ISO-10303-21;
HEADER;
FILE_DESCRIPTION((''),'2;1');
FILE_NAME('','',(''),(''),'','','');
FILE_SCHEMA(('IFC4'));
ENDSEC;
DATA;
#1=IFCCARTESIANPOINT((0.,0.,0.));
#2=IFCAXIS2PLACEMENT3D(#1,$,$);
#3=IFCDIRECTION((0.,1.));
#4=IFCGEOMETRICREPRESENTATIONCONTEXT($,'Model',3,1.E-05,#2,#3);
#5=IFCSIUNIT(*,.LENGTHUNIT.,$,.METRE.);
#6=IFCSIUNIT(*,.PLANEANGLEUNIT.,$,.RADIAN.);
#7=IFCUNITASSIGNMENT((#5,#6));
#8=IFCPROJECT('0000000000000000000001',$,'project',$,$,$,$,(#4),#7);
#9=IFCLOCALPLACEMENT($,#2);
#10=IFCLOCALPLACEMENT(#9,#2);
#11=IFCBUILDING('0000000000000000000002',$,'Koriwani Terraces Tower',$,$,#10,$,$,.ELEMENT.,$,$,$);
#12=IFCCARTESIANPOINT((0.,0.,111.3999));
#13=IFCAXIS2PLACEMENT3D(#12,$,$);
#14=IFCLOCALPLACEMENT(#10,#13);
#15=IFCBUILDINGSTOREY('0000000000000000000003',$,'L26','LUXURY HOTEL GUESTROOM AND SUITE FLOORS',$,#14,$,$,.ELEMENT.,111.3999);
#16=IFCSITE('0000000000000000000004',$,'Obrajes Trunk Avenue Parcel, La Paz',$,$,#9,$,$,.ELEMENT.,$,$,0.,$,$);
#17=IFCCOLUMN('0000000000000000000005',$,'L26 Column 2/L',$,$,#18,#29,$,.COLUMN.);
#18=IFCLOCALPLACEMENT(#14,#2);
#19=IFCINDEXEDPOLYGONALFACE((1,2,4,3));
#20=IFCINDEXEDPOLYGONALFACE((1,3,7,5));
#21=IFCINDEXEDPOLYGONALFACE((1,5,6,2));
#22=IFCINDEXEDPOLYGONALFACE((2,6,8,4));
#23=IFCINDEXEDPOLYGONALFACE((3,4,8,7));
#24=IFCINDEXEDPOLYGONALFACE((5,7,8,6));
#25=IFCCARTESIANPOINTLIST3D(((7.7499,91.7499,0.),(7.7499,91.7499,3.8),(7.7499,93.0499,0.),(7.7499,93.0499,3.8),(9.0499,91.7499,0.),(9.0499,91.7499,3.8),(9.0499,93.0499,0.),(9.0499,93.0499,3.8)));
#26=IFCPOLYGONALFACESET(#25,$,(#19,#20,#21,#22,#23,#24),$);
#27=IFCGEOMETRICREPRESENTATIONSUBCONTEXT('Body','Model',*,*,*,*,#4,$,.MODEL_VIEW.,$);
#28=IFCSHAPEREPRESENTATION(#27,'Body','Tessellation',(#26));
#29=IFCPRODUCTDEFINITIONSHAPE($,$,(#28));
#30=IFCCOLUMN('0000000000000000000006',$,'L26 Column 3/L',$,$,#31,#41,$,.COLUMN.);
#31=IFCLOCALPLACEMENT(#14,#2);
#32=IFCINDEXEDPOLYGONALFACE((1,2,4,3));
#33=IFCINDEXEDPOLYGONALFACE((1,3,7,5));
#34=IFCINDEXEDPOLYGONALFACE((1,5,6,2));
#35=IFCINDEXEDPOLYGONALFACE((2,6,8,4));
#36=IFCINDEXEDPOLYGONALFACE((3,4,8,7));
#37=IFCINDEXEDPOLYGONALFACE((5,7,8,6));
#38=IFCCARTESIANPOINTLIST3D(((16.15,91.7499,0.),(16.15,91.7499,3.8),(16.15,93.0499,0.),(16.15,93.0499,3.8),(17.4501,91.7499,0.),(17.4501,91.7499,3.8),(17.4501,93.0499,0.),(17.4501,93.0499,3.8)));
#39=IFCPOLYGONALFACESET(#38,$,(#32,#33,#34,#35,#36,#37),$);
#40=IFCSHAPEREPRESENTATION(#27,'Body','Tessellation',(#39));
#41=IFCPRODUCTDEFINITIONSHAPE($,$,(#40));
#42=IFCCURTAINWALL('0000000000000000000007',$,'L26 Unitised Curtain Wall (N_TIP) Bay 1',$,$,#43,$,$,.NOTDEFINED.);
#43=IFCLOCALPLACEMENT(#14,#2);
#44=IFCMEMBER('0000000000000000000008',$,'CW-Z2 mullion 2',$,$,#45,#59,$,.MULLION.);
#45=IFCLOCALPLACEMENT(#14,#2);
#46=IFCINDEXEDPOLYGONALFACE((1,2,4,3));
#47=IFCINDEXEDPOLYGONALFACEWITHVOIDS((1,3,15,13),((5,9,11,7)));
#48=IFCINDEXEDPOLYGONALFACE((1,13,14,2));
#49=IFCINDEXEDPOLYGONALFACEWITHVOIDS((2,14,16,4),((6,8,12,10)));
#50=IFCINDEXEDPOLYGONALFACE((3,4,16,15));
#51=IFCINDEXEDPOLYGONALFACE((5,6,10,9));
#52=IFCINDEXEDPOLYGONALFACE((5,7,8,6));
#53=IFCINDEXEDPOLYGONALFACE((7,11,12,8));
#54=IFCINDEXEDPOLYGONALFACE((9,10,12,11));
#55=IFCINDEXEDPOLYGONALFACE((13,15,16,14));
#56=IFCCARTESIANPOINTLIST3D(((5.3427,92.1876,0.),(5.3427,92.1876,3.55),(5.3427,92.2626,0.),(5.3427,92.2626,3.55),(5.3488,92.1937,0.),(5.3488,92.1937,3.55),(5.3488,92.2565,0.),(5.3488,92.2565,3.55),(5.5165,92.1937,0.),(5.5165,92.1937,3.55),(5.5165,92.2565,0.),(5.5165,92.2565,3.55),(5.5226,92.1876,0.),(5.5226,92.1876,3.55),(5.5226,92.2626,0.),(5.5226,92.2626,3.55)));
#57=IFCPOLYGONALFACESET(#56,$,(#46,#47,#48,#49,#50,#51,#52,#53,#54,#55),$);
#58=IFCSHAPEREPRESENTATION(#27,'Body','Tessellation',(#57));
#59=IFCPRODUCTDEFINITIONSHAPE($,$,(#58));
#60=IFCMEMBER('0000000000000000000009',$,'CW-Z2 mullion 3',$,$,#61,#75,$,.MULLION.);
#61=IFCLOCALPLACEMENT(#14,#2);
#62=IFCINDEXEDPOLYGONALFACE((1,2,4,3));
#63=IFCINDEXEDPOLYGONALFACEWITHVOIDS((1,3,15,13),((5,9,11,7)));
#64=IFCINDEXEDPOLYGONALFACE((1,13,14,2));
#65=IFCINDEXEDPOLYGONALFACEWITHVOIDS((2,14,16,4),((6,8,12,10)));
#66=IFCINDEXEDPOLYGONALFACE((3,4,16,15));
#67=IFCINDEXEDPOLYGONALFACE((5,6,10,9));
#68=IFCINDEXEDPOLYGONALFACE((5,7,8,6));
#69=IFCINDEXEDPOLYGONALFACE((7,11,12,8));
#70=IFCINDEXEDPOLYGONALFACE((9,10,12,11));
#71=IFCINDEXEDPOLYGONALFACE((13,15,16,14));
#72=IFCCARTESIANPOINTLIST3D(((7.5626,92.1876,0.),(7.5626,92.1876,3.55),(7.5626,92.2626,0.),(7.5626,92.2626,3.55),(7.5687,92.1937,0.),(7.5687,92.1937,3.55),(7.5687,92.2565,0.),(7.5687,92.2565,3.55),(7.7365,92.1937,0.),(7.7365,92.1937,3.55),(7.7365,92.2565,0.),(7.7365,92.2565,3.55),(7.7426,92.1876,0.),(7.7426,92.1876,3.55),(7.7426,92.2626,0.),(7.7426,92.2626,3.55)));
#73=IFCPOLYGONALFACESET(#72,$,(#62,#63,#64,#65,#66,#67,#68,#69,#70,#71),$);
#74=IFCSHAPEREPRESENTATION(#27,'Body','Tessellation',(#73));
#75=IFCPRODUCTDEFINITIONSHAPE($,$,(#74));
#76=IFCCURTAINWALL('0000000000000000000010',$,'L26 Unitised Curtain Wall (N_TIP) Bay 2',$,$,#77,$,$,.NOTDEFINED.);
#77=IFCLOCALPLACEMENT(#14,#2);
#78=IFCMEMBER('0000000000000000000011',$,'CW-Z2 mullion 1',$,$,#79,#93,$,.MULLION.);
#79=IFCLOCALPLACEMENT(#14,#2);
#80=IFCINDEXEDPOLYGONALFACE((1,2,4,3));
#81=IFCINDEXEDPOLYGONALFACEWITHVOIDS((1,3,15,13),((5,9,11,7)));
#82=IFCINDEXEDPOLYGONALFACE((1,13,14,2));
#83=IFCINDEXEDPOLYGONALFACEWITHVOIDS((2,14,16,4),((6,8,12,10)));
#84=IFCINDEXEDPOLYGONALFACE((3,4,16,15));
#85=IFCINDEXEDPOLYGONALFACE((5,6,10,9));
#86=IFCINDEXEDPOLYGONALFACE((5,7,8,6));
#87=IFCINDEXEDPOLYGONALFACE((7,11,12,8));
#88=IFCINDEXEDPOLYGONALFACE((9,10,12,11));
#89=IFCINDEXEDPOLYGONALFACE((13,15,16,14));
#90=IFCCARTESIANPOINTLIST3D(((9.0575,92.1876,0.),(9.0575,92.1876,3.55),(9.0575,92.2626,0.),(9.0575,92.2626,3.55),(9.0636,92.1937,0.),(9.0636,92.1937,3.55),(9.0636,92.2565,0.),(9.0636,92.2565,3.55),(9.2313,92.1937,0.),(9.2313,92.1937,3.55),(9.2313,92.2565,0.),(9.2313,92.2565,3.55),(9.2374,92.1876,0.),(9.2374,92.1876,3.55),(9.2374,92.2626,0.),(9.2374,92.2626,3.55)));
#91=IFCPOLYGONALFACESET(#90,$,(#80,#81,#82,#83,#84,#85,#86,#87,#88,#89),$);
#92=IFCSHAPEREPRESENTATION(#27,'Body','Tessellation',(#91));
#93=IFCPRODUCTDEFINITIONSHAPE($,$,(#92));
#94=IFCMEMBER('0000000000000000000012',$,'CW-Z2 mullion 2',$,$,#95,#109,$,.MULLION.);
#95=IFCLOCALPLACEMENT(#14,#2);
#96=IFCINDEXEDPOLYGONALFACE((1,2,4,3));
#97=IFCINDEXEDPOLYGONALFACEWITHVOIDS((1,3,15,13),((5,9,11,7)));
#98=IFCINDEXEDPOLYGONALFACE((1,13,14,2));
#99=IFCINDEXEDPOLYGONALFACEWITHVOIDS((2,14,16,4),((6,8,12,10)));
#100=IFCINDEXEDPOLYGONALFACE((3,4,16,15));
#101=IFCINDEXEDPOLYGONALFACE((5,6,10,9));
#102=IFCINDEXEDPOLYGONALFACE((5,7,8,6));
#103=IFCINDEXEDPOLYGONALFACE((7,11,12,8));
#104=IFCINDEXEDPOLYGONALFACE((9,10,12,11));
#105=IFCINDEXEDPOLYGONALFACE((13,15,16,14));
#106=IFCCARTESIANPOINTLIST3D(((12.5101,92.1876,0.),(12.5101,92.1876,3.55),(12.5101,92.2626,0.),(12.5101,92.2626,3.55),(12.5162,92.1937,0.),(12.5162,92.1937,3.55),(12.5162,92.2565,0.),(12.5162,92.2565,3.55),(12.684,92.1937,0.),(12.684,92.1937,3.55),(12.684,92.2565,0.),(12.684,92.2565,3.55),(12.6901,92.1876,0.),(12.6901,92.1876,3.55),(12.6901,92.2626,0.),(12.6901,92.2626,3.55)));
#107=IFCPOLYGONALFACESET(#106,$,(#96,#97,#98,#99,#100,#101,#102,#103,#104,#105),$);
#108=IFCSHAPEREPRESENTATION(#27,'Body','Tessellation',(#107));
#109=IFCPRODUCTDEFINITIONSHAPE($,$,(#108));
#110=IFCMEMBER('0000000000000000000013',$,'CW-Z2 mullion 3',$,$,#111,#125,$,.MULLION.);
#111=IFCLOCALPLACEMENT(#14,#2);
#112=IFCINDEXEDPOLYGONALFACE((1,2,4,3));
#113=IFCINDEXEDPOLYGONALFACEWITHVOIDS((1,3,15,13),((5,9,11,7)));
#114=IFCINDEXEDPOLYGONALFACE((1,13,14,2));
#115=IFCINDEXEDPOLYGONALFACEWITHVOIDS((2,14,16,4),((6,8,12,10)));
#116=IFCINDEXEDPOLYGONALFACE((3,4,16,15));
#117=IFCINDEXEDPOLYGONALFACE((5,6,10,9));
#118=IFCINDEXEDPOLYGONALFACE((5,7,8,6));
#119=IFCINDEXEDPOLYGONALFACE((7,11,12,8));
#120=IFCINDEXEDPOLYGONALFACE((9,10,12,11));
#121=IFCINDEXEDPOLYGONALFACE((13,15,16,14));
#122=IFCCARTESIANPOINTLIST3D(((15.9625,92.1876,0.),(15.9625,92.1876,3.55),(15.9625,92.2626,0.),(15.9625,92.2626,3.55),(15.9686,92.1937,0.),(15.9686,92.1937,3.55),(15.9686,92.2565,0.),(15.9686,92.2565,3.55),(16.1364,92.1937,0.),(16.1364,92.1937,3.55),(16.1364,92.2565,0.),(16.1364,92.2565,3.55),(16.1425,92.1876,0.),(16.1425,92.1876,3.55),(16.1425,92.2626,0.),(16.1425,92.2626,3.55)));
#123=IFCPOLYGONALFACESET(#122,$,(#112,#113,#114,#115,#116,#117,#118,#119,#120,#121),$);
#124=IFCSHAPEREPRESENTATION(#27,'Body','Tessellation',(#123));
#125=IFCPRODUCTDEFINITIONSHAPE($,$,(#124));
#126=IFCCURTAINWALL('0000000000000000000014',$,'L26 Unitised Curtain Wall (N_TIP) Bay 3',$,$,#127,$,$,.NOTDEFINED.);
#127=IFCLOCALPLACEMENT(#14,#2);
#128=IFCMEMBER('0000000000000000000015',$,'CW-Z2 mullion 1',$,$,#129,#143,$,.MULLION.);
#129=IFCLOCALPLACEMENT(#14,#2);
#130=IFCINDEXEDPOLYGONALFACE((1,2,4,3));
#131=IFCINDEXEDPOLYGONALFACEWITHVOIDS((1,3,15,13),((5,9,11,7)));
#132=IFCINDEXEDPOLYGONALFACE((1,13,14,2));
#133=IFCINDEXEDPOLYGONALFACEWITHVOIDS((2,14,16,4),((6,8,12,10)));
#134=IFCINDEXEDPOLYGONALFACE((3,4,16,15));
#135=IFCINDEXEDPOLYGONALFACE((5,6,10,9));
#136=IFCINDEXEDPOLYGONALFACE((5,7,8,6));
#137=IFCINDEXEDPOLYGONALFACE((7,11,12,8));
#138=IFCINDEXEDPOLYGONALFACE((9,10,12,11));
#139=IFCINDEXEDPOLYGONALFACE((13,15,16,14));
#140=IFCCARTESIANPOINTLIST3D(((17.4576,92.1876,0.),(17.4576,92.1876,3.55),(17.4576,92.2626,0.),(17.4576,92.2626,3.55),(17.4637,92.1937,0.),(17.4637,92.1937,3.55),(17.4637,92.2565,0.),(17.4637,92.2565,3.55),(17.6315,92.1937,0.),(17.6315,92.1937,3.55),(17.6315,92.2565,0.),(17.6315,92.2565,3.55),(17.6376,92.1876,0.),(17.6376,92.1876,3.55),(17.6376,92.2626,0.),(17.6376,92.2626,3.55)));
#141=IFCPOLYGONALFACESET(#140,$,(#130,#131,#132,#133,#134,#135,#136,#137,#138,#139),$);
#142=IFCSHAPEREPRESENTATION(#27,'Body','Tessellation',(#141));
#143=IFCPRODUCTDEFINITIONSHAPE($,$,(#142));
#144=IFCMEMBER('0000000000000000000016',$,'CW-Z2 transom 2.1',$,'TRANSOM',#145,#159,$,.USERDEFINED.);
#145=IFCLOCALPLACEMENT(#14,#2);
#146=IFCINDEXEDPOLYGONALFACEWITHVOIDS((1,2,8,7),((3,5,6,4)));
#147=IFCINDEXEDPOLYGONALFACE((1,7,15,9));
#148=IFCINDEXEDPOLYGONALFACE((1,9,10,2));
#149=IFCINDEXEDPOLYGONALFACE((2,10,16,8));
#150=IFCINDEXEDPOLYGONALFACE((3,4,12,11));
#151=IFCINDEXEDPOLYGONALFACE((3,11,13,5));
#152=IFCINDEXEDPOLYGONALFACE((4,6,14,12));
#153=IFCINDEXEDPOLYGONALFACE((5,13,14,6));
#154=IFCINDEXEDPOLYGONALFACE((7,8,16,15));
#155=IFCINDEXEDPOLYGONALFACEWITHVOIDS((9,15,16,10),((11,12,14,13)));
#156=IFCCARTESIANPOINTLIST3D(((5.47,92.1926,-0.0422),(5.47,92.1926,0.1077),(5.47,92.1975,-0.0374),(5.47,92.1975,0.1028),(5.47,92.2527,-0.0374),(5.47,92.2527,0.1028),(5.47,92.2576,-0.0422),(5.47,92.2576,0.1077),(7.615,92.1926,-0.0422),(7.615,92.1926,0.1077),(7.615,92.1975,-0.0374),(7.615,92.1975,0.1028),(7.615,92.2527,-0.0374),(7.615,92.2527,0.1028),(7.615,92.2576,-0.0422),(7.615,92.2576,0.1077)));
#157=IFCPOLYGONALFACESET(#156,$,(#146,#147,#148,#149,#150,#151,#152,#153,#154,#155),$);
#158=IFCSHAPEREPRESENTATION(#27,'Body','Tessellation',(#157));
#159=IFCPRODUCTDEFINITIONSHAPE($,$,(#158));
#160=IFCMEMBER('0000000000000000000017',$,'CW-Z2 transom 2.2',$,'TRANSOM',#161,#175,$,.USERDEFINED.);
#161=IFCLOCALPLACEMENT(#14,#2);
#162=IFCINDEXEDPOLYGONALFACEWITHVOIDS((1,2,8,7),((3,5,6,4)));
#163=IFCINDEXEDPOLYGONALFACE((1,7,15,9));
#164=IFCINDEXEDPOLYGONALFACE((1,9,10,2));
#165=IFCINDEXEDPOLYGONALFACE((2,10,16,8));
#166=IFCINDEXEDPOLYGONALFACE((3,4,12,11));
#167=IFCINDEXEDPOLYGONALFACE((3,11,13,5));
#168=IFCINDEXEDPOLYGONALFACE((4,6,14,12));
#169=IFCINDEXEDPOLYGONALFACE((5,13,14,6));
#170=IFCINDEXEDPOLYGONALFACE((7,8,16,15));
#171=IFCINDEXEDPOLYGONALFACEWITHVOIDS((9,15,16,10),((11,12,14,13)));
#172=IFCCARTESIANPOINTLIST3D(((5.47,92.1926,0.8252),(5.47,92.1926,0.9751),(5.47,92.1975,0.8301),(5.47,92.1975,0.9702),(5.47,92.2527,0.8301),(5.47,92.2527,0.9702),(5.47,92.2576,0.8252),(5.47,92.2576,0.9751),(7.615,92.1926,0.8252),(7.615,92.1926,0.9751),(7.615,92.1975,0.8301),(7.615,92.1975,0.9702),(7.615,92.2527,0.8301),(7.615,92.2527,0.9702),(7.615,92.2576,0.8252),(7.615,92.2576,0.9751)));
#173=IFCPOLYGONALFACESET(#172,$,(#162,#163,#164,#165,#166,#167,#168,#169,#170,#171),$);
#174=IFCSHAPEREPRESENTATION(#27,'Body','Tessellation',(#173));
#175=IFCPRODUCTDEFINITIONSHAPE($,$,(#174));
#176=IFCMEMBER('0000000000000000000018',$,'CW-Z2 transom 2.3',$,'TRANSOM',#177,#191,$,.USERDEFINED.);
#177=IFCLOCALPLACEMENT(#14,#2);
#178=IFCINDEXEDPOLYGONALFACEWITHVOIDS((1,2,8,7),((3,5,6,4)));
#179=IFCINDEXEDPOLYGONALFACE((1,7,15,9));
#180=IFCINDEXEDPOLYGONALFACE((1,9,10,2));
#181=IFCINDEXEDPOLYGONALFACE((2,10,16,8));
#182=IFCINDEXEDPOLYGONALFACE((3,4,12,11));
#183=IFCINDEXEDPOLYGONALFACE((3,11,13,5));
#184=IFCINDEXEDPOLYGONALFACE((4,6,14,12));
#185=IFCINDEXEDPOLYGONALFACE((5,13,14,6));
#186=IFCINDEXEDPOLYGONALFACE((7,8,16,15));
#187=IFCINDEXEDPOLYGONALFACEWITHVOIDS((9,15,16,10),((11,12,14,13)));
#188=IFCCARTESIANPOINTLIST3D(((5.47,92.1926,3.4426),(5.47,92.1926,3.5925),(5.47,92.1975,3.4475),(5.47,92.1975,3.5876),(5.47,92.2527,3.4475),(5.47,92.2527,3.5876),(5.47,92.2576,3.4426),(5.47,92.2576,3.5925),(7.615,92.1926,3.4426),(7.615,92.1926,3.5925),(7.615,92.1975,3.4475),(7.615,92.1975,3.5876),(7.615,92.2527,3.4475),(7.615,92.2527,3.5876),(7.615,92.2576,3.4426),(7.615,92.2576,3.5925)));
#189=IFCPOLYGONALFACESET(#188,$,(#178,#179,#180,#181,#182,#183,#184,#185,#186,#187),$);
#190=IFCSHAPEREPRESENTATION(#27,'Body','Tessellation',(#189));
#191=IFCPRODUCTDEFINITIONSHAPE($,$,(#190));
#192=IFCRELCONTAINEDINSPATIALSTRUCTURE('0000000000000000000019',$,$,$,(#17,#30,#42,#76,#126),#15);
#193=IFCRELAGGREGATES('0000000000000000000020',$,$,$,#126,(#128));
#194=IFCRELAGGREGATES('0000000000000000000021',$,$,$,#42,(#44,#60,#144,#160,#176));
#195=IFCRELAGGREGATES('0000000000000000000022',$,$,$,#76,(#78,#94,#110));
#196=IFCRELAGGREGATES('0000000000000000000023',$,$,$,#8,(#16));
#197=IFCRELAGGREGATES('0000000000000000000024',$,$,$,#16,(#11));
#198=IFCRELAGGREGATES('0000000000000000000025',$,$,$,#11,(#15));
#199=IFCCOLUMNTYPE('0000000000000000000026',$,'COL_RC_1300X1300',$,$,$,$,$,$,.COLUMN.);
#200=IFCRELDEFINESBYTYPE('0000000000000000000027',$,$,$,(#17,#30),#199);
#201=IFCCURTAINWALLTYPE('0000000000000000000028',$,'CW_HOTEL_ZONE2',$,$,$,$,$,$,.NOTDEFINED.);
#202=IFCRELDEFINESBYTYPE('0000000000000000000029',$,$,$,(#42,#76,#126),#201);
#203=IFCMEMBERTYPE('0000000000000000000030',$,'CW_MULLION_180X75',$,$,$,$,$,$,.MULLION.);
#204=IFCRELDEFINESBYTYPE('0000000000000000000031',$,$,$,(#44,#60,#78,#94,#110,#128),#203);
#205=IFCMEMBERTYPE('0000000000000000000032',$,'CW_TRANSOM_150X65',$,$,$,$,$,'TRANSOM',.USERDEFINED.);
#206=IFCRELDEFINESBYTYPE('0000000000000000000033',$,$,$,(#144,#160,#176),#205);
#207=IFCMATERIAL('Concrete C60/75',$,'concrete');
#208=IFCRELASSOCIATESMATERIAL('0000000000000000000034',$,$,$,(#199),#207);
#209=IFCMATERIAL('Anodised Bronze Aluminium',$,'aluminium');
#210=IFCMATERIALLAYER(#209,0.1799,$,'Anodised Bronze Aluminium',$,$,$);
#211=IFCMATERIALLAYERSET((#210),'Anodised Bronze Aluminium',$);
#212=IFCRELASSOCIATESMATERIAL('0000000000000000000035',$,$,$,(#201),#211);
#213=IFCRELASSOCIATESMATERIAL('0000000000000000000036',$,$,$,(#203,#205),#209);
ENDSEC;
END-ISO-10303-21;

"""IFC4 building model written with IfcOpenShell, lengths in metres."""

from ifc_helpers import new_model, si_unit, direction, frame, origin, origin_2d, place, context, subcontext, project, spatial, rectangle, hollow_rectangle, extrude, material, layer, layer_set, material_profile, profile_set, type_object, element, aggregate, save


model = new_model("IFC4")

# Units and contexts
model_context = context("Model", 3, precision=1e-05, world=origin(), true_north=direction((0.0, 1.0)))
body_context = subcontext(model_context, "Body", "Model", "MODEL_VIEW")
ifc_project = project(units=[si_unit("LENGTHUNIT", "METRE"), si_unit("PLANEANGLEUNIT", "RADIAN")], contexts=[model_context])

# Site, building, storey
site_placement = place(None, origin())
site = spatial("IfcSite", under=ifc_project, at=site_placement, Name="Obrajes Trunk Avenue Parcel, La Paz", CompositionType="ELEMENT", RefElevation=0.0)
building_placement = place(site_placement, origin())
building = spatial("IfcBuilding", under=site, at=building_placement, Name="Koriwani Terraces Tower", CompositionType="ELEMENT")
storey_placement = place(building_placement, frame((0.0, 0.0, 111.3999)))
storey = spatial("IfcBuildingStorey", under=building, at=storey_placement, Name="L26", Description="LUXURY HOTEL GUESTROOM AND SUITE FLOORS", CompositionType="ELEMENT", Elevation=111.3999)

# Columns
ifc_material_1 = material(Name="Concrete C60/75", Category="concrete")
ifc_material_profile_1 = material_profile(ifc_material_1, rectangle(XDim=1.3, YDim=1.3, at=origin_2d()), Name="Concrete C60/75", Category="LoadBearing")
ifc_profile_set_1 = profile_set([ifc_material_profile_1], Name="Concrete C60/75")
column_type = type_object("IfcColumnType", Name="COL_RC_1300X1300", PredefinedType="COLUMN", material=ifc_profile_set_1)
for number, where, z_axis, x_axis, name in (
    (1, (8.3999, 92.3999, 0.0), (0.0, 0.0, 1.0), (1.0, 0.0, 0.0), "L26 Column 2/L"),
    (2, (16.8, 92.3999, 0.0), (0.0, 0.0, 1.0), (1.0, 0.0, 0.0), "L26 Column 3/L"),
):
    element("IfcColumn", number, at=place(storey_placement, frame(where, z_axis=z_axis, x_axis=x_axis)), inside=storey, type_object=column_type, Name=name, PredefinedType="COLUMN", context=body_context, shape_type="SweptSolid", body=[
        extrude(rectangle(XDim=1.3, YDim=1.3, at=origin_2d()), origin(), (0.0, 0.0, 1.0), 3.8),
    ])

# Curtain walls, members
ifc_material_2 = material(Name="Anodised Bronze Aluminium", Category="aluminium")
ifc_layer_1 = layer(ifc_material_2, 0.1799, Name="Anodised Bronze Aluminium")
ifc_layer_set_1 = layer_set([ifc_layer_1], Name="Anodised Bronze Aluminium")
curtain_wall_type = type_object("IfcCurtainWallType", Name="CW_HOTEL_ZONE2", PredefinedType="NOTDEFINED", material=ifc_layer_set_1)
curtain_wall_1_placement = place(storey_placement, origin())
curtain_wall_1 = element("IfcCurtainWall", 3, at=curtain_wall_1_placement, inside=storey, type_object=curtain_wall_type, Name="L26 Unitised Curtain Wall (N_TIP) Bay 1", PredefinedType="NOTDEFINED")
ifc_material_profile_2 = material_profile(ifc_material_2, hollow_rectangle(XDim=0.075, YDim=0.1799, WallThickness=0.0061, at=origin_2d()), Name="Anodised Bronze Aluminium", Category="LoadBearing")
ifc_profile_set_2 = profile_set([ifc_material_profile_2], Name="Anodised Bronze Aluminium")
member_type_1 = type_object("IfcMemberType", Name="CW_MULLION_180X75", PredefinedType="MULLION", material=ifc_profile_set_2)
member_1_placement = place(storey_placement, frame((5.4326, 92.2251, 0.0), z_axis=(0.0, 0.0, 1.0), x_axis=(0.0, 1.0, 0.0)))
member_1 = element("IfcMember", 4, at=member_1_placement, type_object=member_type_1, Name="CW-Z2 mullion 2", PredefinedType="MULLION", context=body_context, shape_type="SweptSolid", body=[
    extrude(hollow_rectangle(XDim=0.075, YDim=0.1799, WallThickness=0.0061, at=origin_2d()), origin(), (0.0, 0.0, 1.0), 3.55),
])
member_2_placement = place(storey_placement, frame((7.6526, 92.2251, 0.0), z_axis=(0.0, 0.0, 1.0), x_axis=(0.0, 1.0, 0.0)))
member_2 = element("IfcMember", 5, at=member_2_placement, type_object=member_type_1, Name="CW-Z2 mullion 3", PredefinedType="MULLION", context=body_context, shape_type="SweptSolid", body=[
    extrude(hollow_rectangle(XDim=0.075, YDim=0.1799, WallThickness=0.0061, at=origin_2d()), origin(), (0.0, 0.0, 1.0), 3.55),
])
curtain_wall_2_placement = place(storey_placement, origin())
curtain_wall_2 = element("IfcCurtainWall", 6, at=curtain_wall_2_placement, inside=storey, type_object=curtain_wall_type, Name="L26 Unitised Curtain Wall (N_TIP) Bay 2", PredefinedType="NOTDEFINED")
member_3_placement = place(storey_placement, frame((9.1475, 92.2251, 0.0), z_axis=(0.0, 0.0, 1.0), x_axis=(0.0, 1.0, 0.0)))
member_3 = element("IfcMember", 7, at=member_3_placement, type_object=member_type_1, Name="CW-Z2 mullion 1", PredefinedType="MULLION", context=body_context, shape_type="SweptSolid", body=[
    extrude(hollow_rectangle(XDim=0.075, YDim=0.1799, WallThickness=0.0061, at=origin_2d()), origin(), (0.0, 0.0, 1.0), 3.55),
])
member_4_placement = place(storey_placement, frame((12.6001, 92.2251, 0.0), z_axis=(0.0, 0.0, 1.0), x_axis=(0.0, 1.0, 0.0)))
member_4 = element("IfcMember", 8, at=member_4_placement, type_object=member_type_1, Name="CW-Z2 mullion 2", PredefinedType="MULLION", context=body_context, shape_type="SweptSolid", body=[
    extrude(hollow_rectangle(XDim=0.075, YDim=0.1799, WallThickness=0.0061, at=origin_2d()), origin(), (0.0, 0.0, 1.0), 3.55),
])
member_5_placement = place(storey_placement, frame((16.0525, 92.2251, 0.0), z_axis=(0.0, 0.0, 1.0), x_axis=(0.0, 1.0, 0.0)))
member_5 = element("IfcMember", 9, at=member_5_placement, type_object=member_type_1, Name="CW-Z2 mullion 3", PredefinedType="MULLION", context=body_context, shape_type="SweptSolid", body=[
    extrude(hollow_rectangle(XDim=0.075, YDim=0.1799, WallThickness=0.0061, at=origin_2d()), origin(), (0.0, 0.0, 1.0), 3.55),
])

# Curtain wall, member
curtain_wall_3_placement = place(storey_placement, origin())
curtain_wall_3 = element("IfcCurtainWall", 10, at=curtain_wall_3_placement, inside=storey, type_object=curtain_wall_type, Name="L26 Unitised Curtain Wall (N_TIP) Bay 3", PredefinedType="NOTDEFINED")
member_6_placement = place(storey_placement, frame((17.5476, 92.2251, 0.0), z_axis=(0.0, 0.0, 1.0), x_axis=(0.0, 1.0, 0.0)))
member_6 = element("IfcMember", 11, at=member_6_placement, type_object=member_type_1, Name="CW-Z2 mullion 1", PredefinedType="MULLION", context=body_context, shape_type="SweptSolid", body=[
    extrude(hollow_rectangle(XDim=0.075, YDim=0.1799, WallThickness=0.0061, at=origin_2d()), origin(), (0.0, 0.0, 1.0), 3.55),
])

# Members
ifc_material_profile_3 = material_profile(ifc_material_2, hollow_rectangle(XDim=0.0649, YDim=0.1499, WallThickness=0.0049, at=origin_2d()), Name="Anodised Bronze Aluminium", Category="LoadBearing")
ifc_profile_set_3 = profile_set([ifc_material_profile_3], Name="Anodised Bronze Aluminium")
member_type_2 = type_object("IfcMemberType", Name="CW_TRANSOM_150X65", ElementType="TRANSOM", PredefinedType="USERDEFINED", material=ifc_profile_set_3)
member_7_placement = place(storey_placement, frame((5.47, 92.2251, 0.0327), z_axis=(1.0, 0.0, 0.0), x_axis=(0.0, 1.0, 0.0)))
member_7 = element("IfcMember", 12, at=member_7_placement, type_object=member_type_2, Name="CW-Z2 transom 2.1", ObjectType="TRANSOM", PredefinedType="USERDEFINED", context=body_context, shape_type="SweptSolid", body=[
    extrude(hollow_rectangle(XDim=0.0649, YDim=0.1499, WallThickness=0.0049, at=origin_2d()), origin(), (0.0, 0.0, 1.0), 2.145),
])
member_8_placement = place(storey_placement, frame((5.47, 92.2251, 0.9001), z_axis=(1.0, 0.0, 0.0), x_axis=(0.0, 1.0, 0.0)))
member_8 = element("IfcMember", 13, at=member_8_placement, type_object=member_type_2, Name="CW-Z2 transom 2.2", ObjectType="TRANSOM", PredefinedType="USERDEFINED", context=body_context, shape_type="SweptSolid", body=[
    extrude(hollow_rectangle(XDim=0.0649, YDim=0.1499, WallThickness=0.0049, at=origin_2d()), origin(), (0.0, 0.0, 1.0), 2.145),
])
member_9_placement = place(storey_placement, frame((5.47, 92.2251, 3.5176), z_axis=(1.0, 0.0, 0.0), x_axis=(0.0, 1.0, 0.0)))
member_9 = element("IfcMember", 14, at=member_9_placement, type_object=member_type_2, Name="CW-Z2 transom 2.3", ObjectType="TRANSOM", PredefinedType="USERDEFINED", context=body_context, shape_type="SweptSolid", body=[
    extrude(hollow_rectangle(XDim=0.0649, YDim=0.1499, WallThickness=0.0049, at=origin_2d()), origin(), (0.0, 0.0, 1.0), 2.145),
])
aggregate(curtain_wall_3, [member_6])

aggregate(curtain_wall_1, [member_1, member_2, member_7, member_8, member_9])
aggregate(curtain_wall_2, [member_3, member_4, member_5])

save(model, "model.ifc")
